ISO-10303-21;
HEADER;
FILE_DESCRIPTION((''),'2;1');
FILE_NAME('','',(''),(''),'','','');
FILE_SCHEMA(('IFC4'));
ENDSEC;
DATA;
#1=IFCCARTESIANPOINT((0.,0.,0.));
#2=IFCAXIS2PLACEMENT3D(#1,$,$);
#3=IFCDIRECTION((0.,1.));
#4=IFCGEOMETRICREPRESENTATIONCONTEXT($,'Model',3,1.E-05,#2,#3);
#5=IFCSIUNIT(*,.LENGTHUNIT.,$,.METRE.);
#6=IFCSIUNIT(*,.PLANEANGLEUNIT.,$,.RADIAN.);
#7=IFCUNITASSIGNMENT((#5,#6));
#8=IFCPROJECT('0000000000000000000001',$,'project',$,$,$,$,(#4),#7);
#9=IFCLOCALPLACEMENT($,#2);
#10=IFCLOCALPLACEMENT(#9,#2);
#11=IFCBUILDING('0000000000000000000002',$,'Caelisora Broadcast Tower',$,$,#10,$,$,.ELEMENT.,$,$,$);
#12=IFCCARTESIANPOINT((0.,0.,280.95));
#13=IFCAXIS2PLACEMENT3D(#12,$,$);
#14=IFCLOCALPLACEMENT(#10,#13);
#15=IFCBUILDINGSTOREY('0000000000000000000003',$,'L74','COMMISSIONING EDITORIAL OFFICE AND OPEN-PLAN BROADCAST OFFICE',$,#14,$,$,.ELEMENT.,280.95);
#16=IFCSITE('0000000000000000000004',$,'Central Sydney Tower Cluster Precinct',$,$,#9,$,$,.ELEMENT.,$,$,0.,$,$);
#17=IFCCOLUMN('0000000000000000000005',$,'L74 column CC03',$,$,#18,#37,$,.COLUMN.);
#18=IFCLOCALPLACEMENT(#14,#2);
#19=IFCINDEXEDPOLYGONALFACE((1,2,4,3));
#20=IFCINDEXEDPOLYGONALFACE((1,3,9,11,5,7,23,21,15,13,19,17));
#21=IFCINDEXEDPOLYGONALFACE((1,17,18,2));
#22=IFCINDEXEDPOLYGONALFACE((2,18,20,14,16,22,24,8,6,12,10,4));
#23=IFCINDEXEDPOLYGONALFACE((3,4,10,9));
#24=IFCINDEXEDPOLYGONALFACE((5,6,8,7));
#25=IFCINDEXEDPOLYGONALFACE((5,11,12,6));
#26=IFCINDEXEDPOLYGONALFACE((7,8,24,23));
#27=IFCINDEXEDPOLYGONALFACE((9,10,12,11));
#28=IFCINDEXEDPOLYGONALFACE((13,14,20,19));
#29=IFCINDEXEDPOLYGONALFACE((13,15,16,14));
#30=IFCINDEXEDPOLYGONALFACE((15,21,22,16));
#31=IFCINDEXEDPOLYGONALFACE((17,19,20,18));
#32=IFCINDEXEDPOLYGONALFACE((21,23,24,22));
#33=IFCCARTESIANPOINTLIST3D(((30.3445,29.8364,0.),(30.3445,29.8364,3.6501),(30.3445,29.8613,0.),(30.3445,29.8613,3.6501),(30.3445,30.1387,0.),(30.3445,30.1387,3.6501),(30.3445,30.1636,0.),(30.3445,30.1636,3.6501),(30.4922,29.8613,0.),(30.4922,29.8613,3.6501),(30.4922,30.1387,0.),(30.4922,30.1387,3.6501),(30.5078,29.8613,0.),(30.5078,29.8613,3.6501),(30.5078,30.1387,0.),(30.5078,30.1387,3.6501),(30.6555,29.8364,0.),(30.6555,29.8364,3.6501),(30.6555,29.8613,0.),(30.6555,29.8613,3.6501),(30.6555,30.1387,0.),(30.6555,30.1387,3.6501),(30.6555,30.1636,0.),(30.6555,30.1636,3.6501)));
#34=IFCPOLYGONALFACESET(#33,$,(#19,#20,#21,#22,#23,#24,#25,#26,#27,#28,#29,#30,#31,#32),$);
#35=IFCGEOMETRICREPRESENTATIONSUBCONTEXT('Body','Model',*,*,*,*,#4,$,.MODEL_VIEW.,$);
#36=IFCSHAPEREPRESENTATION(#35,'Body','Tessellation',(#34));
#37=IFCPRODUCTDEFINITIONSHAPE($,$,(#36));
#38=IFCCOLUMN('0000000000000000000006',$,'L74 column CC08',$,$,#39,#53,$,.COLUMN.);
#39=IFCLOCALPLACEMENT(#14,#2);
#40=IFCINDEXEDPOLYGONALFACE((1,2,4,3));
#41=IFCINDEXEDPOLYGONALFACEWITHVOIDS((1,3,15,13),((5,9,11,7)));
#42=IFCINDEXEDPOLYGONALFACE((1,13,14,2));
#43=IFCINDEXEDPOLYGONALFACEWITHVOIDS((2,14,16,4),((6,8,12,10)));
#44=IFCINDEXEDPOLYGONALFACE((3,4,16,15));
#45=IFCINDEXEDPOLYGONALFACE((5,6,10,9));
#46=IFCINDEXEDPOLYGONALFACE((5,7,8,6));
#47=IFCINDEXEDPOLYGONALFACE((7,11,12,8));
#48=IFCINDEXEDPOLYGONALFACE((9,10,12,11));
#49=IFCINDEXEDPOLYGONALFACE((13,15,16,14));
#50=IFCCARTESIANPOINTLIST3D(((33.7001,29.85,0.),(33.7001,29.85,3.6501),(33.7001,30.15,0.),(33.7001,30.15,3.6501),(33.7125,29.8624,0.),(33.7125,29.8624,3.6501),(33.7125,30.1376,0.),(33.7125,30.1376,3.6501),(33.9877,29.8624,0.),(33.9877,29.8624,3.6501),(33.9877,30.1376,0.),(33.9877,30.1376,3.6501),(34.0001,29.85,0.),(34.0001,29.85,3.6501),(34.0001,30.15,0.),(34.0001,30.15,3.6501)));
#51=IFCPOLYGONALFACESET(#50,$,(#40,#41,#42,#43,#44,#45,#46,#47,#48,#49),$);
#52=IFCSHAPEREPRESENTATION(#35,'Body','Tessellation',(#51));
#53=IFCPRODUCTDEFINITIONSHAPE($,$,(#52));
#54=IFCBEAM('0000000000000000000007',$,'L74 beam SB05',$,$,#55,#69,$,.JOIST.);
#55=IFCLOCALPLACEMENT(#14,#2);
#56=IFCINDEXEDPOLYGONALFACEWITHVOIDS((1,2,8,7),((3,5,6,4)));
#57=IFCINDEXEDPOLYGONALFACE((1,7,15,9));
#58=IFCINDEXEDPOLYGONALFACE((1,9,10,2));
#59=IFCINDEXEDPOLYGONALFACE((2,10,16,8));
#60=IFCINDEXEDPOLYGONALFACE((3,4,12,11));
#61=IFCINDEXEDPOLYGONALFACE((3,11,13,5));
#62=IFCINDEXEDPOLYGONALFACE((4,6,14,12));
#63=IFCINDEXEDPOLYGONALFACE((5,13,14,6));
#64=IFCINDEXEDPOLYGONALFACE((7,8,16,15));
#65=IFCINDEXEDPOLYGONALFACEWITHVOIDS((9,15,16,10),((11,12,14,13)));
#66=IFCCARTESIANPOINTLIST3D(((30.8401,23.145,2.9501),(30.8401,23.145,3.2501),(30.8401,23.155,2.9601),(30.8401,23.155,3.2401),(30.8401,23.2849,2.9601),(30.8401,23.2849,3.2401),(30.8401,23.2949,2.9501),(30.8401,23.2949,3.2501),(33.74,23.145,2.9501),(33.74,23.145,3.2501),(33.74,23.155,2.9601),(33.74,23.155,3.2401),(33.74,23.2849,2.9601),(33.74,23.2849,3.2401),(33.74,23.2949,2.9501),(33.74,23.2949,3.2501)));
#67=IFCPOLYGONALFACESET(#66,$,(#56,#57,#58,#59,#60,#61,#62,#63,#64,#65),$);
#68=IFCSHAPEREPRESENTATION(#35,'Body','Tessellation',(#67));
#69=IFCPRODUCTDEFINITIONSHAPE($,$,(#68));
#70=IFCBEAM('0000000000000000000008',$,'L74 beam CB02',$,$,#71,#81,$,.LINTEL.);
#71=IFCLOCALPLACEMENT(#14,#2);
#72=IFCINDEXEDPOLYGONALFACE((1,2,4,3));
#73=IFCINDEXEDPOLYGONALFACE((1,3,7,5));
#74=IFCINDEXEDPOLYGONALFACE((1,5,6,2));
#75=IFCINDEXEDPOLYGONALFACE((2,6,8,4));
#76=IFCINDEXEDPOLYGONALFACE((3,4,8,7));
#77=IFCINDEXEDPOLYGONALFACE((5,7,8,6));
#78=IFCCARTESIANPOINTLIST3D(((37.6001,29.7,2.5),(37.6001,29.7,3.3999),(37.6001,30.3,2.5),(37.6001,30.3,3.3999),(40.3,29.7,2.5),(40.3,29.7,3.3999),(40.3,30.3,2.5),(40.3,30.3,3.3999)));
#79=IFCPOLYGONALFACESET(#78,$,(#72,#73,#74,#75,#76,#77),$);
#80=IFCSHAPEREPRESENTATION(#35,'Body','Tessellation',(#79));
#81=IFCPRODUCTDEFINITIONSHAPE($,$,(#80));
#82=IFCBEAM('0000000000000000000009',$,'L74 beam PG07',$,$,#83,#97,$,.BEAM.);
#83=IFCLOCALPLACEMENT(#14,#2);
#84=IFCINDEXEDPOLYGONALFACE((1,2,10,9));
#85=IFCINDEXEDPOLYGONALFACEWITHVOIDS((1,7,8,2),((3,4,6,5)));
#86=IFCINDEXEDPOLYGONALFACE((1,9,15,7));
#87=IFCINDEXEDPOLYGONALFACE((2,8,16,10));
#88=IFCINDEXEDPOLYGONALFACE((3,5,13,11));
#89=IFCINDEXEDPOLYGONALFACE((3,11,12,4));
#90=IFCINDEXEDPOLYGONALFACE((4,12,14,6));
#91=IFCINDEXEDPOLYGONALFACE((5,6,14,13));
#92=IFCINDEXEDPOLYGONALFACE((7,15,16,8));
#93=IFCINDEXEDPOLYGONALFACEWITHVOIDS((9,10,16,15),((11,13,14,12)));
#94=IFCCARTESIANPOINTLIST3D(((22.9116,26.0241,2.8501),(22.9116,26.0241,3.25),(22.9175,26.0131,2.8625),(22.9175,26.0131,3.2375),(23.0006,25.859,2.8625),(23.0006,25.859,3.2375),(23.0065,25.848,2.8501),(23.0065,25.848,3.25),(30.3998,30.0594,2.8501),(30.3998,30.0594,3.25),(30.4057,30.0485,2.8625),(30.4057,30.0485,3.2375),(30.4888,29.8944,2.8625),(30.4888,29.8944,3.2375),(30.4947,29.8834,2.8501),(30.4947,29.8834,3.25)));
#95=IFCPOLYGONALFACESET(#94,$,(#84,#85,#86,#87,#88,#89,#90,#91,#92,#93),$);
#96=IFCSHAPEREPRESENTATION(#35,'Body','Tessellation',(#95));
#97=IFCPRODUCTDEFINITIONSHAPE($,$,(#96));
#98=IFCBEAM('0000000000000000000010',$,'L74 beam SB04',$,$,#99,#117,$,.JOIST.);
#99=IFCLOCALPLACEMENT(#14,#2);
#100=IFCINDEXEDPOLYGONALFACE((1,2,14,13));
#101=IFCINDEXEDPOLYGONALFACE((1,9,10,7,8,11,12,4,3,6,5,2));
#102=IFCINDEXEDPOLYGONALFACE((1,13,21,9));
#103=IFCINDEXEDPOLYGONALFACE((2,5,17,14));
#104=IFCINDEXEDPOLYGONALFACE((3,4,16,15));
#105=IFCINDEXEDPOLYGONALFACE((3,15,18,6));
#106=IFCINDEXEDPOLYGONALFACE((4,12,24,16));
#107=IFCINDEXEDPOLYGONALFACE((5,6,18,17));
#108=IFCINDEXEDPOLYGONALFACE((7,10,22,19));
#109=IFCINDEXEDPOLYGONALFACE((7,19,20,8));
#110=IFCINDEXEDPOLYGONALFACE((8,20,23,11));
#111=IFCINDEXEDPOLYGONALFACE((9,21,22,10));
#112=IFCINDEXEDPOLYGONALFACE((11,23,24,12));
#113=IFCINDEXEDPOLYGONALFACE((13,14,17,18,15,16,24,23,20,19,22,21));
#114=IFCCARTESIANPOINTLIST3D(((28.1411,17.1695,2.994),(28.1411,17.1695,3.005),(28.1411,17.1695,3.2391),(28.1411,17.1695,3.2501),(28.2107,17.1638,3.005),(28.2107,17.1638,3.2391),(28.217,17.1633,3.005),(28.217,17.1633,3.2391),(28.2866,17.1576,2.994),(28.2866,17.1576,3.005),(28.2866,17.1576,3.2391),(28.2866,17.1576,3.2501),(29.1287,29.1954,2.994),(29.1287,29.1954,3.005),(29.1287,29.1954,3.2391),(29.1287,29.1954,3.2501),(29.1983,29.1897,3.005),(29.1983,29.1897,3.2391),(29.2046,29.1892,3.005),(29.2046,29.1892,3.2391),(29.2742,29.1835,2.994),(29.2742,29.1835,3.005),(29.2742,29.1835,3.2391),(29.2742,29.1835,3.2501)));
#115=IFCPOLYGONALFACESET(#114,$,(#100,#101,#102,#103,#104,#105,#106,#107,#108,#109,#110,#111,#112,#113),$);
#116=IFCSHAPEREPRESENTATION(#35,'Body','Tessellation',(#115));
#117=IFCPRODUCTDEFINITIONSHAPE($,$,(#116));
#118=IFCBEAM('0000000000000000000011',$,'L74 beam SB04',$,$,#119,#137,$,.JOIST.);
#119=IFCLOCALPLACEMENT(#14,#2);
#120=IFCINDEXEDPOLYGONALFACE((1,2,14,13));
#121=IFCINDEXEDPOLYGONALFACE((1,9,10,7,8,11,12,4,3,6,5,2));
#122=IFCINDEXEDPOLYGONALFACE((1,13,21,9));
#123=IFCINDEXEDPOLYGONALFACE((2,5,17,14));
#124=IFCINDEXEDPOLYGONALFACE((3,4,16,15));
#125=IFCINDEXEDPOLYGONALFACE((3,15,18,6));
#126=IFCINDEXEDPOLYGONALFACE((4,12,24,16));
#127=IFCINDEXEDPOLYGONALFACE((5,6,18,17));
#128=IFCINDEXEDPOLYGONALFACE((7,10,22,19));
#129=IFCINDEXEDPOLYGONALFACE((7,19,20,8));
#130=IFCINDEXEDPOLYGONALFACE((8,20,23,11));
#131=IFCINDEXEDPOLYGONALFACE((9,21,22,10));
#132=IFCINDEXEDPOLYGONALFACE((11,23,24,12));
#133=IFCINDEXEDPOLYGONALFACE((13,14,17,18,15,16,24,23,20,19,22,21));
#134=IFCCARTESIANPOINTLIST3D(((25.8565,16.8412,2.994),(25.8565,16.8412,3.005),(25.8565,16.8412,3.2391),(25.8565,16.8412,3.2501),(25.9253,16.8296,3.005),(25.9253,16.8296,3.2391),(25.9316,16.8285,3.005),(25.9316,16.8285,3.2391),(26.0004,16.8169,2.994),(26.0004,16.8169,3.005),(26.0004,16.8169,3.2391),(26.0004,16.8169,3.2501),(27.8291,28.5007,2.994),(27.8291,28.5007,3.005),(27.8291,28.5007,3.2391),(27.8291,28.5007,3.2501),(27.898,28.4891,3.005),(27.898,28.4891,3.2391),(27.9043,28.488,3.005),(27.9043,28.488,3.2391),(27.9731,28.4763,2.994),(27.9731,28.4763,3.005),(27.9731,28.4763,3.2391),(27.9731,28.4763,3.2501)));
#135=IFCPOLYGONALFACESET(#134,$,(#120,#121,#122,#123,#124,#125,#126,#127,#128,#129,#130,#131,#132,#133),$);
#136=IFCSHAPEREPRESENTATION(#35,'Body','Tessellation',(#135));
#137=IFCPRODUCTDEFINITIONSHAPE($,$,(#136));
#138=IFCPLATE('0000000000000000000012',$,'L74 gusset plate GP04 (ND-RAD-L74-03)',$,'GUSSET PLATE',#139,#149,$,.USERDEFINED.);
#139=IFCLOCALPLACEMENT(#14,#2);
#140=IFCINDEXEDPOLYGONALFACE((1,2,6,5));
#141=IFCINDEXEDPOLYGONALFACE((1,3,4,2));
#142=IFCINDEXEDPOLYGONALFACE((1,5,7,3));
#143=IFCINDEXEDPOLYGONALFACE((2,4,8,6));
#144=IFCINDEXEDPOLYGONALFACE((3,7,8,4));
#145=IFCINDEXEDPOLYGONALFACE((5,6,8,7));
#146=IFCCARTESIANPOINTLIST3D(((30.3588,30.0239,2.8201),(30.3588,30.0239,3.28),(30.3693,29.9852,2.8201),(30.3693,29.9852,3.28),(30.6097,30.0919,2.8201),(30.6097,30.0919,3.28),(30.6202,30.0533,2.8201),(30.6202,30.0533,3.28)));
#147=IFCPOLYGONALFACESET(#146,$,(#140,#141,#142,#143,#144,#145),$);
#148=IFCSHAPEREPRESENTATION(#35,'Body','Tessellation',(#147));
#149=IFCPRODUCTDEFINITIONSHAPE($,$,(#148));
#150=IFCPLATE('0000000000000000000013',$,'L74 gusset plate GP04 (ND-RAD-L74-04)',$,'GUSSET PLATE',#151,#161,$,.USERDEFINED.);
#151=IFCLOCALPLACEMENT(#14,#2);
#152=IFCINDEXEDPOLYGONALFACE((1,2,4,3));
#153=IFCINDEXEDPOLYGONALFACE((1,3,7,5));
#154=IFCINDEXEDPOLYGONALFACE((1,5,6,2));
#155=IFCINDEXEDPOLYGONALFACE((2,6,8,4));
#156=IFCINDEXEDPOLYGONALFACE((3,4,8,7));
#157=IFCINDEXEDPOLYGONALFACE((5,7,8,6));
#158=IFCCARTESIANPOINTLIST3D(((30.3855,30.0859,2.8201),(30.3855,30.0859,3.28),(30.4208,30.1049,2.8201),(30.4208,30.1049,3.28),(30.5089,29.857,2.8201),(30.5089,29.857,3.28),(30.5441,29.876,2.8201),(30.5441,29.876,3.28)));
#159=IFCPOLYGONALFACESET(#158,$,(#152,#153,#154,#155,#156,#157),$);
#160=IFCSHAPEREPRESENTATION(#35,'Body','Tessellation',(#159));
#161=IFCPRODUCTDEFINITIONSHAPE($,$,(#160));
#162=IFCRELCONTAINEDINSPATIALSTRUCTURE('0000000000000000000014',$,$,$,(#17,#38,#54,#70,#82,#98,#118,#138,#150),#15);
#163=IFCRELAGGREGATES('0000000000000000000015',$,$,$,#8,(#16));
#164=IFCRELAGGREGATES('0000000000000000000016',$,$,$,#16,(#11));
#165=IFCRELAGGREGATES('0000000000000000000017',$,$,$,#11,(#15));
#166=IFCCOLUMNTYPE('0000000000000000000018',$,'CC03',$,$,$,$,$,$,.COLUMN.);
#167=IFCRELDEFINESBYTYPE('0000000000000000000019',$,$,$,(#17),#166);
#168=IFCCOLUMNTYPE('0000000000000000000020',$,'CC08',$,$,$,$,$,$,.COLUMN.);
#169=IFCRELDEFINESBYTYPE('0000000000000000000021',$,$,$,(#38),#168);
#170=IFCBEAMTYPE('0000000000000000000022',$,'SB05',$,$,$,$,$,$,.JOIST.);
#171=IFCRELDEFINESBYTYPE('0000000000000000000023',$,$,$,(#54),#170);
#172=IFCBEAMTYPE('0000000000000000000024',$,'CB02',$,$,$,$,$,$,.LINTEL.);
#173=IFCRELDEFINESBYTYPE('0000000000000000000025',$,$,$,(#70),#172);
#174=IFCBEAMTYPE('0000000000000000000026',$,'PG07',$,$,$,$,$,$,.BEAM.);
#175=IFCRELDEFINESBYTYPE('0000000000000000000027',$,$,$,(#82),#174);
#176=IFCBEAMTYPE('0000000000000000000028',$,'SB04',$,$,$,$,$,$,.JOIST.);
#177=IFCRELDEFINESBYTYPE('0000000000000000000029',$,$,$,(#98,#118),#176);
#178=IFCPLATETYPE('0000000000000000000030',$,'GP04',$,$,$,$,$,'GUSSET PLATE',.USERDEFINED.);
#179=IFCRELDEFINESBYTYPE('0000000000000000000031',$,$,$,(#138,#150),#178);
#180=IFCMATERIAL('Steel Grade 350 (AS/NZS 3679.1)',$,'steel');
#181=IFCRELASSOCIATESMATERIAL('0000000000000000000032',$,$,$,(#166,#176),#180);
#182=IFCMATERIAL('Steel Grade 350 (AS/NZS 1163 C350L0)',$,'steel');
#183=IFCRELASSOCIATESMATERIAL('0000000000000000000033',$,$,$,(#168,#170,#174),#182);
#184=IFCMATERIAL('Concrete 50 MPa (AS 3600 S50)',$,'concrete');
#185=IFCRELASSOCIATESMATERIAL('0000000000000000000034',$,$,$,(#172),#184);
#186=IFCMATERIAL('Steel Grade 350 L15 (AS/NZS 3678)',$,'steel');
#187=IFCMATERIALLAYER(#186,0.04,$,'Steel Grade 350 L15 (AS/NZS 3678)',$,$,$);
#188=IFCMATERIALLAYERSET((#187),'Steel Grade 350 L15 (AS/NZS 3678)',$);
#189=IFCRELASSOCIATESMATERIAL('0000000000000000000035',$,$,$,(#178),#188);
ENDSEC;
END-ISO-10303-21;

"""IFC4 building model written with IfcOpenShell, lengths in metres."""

from ifc_helpers import new_model, si_unit, direction, frame, origin, origin_2d, place, context, subcontext, project, spatial, rectangle, hollow_rectangle, i_section, extrude, source, transform, mapped, material, layer, layer_set, material_profile, profile_set, type_object, type_shapes, element, save


model = new_model("IFC4")

# Units and contexts
model_context = context("Model", 3, precision=1e-05, world=origin(), true_north=direction((0.0, 1.0)))
body_context = subcontext(model_context, "Body", "Model", "MODEL_VIEW")
ifc_project = project(units=[si_unit("LENGTHUNIT", "METRE"), si_unit("PLANEANGLEUNIT", "RADIAN")], contexts=[model_context])

# Site, building, storey
site_placement = place(None, origin())
site = spatial("IfcSite", under=ifc_project, at=site_placement, Name="Central Sydney Tower Cluster Precinct", CompositionType="ELEMENT", RefElevation=0.0)
building_placement = place(site_placement, origin())
building = spatial("IfcBuilding", under=site, at=building_placement, Name="Caelisora Broadcast Tower", CompositionType="ELEMENT")
storey_placement = place(building_placement, frame((0.0, 0.0, 280.95)))
storey = spatial("IfcBuildingStorey", under=building, at=storey_placement, Name="L74", Description="COMMISSIONING EDITORIAL OFFICE AND OPEN-PLAN BROADCAST OFFICE", CompositionType="ELEMENT", Elevation=280.95)

# Columns
ifc_material_1 = material(Name="Steel Grade 350 (AS/NZS 3679.1)", Category="steel")
ifc_material_profile_1 = material_profile(ifc_material_1, i_section(OverallWidth=0.311, OverallDepth=0.3271, WebThickness=0.0156, FlangeThickness=0.0249, at=origin_2d()), Name="Steel Grade 350 (AS/NZS 3679.1)")
ifc_profile_set_1 = profile_set([ifc_material_profile_1], Name="Steel Grade 350 (AS/NZS 3679.1)")
column_type_1 = type_object("IfcColumnType", Name="CC03", PredefinedType="COLUMN", material=ifc_profile_set_1)
shared_shape_1 = source(origin(), body_context, "Body", "SweptSolid", [
    extrude(i_section(OverallWidth=0.311, OverallDepth=0.3271, WebThickness=0.0156, FlangeThickness=0.0249, at=origin_2d()), origin(), (0.0, 0.0, 1.0), 3.6501),
])
type_shapes(column_type_1, [shared_shape_1])
column_1_placement = place(storey_placement, frame((30.5, 30.0, 0.0), z_axis=(0.0, 0.0, 1.0), x_axis=(1.0, 0.0, 0.0)))
element("IfcColumn", 1, at=column_1_placement, inside=storey, type_object=column_type_1, Name="L74 column CC03", PredefinedType="COLUMN", context=body_context, shape_type="MappedRepresentation", body=[
    mapped(shared_shape_1, transform((0.0, 0.0, 0.0), scale=1.0)),
])
ifc_material_2 = material(Name="Steel Grade 350 (AS/NZS 1163 C350L0)", Category="steel")
ifc_material_profile_2 = material_profile(ifc_material_2, hollow_rectangle(XDim=0.3, YDim=0.3, WallThickness=0.0125, at=origin_2d()), Name="Steel Grade 350 (AS/NZS 1163 C350L0)")
ifc_profile_set_2 = profile_set([ifc_material_profile_2], Name="Steel Grade 350 (AS/NZS 1163 C350L0)")
column_type_2 = type_object("IfcColumnType", Name="CC08", PredefinedType="COLUMN", material=ifc_profile_set_2)
shared_shape_2 = source(origin(), body_context, "Body", "SweptSolid", [
    extrude(hollow_rectangle(XDim=0.3, YDim=0.3, WallThickness=0.0125, at=origin_2d()), origin(), (0.0, 0.0, 1.0), 3.6501),
])
type_shapes(column_type_2, [shared_shape_2])
column_2_placement = place(storey_placement, frame((33.8501, 30.0, 0.0), z_axis=(0.0, 0.0, 1.0), x_axis=(1.0, 0.0, 0.0)))
element("IfcColumn", 2, at=column_2_placement, inside=storey, type_object=column_type_2, Name="L74 column CC08", PredefinedType="COLUMN", context=body_context, shape_type="MappedRepresentation", body=[
    mapped(shared_shape_2, transform((0.0, 0.0, 0.0), scale=1.0)),
])

# Beams
ifc_material_profile_3 = material_profile(ifc_material_2, hollow_rectangle(XDim=0.1499, YDim=0.3, WallThickness=0.01, at=origin_2d()), Name="Steel Grade 350 (AS/NZS 1163 C350L0)")
ifc_profile_set_3 = profile_set([ifc_material_profile_3], Name="Steel Grade 350 (AS/NZS 1163 C350L0)")
beam_type_1 = type_object("IfcBeamType", Name="SB05", PredefinedType="JOIST", material=ifc_profile_set_3)
shared_shape_3 = source(origin(), body_context, "Body", "SweptSolid", [
    extrude(hollow_rectangle(XDim=0.1499, YDim=0.3, WallThickness=0.01, at=origin_2d()), origin(), (0.0, 0.0, 1.0), 2.8999),
])
type_shapes(beam_type_1, [shared_shape_3])
beam_1_placement = place(storey_placement, frame((30.8401, 23.22, 3.1001), z_axis=(1.0, 0.0, 0.0), x_axis=(0.0, 1.0, 0.0)))
element("IfcBeam", 3, at=beam_1_placement, inside=storey, type_object=beam_type_1, Name="L74 beam SB05", PredefinedType="JOIST", context=body_context, shape_type="MappedRepresentation", body=[
    mapped(shared_shape_3, transform((0.0, 0.0, 0.0), scale=1.0)),
])
ifc_material_3 = material(Name="Concrete 50 MPa (AS 3600 S50)", Category="concrete")
ifc_material_profile_4 = material_profile(ifc_material_3, rectangle(XDim=0.6001, YDim=0.8999, at=origin_2d()), Name="Concrete 50 MPa (AS 3600 S50)")
ifc_profile_set_4 = profile_set([ifc_material_profile_4], Name="Concrete 50 MPa (AS 3600 S50)")
beam_type_2 = type_object("IfcBeamType", Name="CB02", PredefinedType="LINTEL", material=ifc_profile_set_4)
shared_shape_4 = source(origin(), body_context, "Body", "SweptSolid", [
    extrude(rectangle(XDim=0.6001, YDim=0.8999, at=origin_2d()), origin(), (0.0, 0.0, 1.0), 2.7),
])
type_shapes(beam_type_2, [shared_shape_4])
beam_2_placement = place(storey_placement, frame((37.6001, 30.0, 2.95), z_axis=(1.0, 0.0, 0.0), x_axis=(0.0, 1.0, 0.0)))
element("IfcBeam", 4, at=beam_2_placement, inside=storey, type_object=beam_type_2, Name="L74 beam CB02", PredefinedType="LINTEL", context=body_context, shape_type="MappedRepresentation", body=[
    mapped(shared_shape_4, transform((0.0, 0.0, 0.0), scale=1.0)),
])
ifc_material_profile_5 = material_profile(ifc_material_2, hollow_rectangle(XDim=0.2, YDim=0.3999, WallThickness=0.0125, at=origin_2d()), Name="Steel Grade 350 (AS/NZS 1163 C350L0)")
ifc_profile_set_5 = profile_set([ifc_material_profile_5], Name="Steel Grade 350 (AS/NZS 1163 C350L0)")
beam_type_3 = type_object("IfcBeamType", Name="PG07", PredefinedType="BEAM", material=ifc_profile_set_5)
shared_shape_5 = source(origin(), body_context, "Body", "SweptSolid", [
    extrude(hollow_rectangle(XDim=0.2, YDim=0.3999, WallThickness=0.0125, at=origin_2d()), origin(), (0.0, 0.0, 1.0), 8.5063),
])
type_shapes(beam_type_3, [shared_shape_5])
beam_3_placement = place(storey_placement, frame((30.4473, 29.9714, 3.05), z_axis=(-0.880312, -0.474396, 0.0), x_axis=(0.474396, -0.880312, 0.0)))
element("IfcBeam", 5, at=beam_3_placement, inside=storey, type_object=beam_type_3, Name="L74 beam PG07", PredefinedType="BEAM", context=body_context, shape_type="MappedRepresentation", body=[
    mapped(shared_shape_5, transform((0.0, 0.0, 0.0), scale=1.0)),
])
ifc_material_profile_6 = material_profile(ifc_material_1, i_section(OverallWidth=0.146, OverallDepth=0.2561, WebThickness=0.0063, FlangeThickness=0.011, at=origin_2d()), Name="Steel Grade 350 (AS/NZS 3679.1)")
ifc_profile_set_6 = profile_set([ifc_material_profile_6], Name="Steel Grade 350 (AS/NZS 3679.1)")
beam_type_4 = type_object("IfcBeamType", Name="SB04", PredefinedType="JOIST", material=ifc_profile_set_6)
shared_shape_6 = source(origin(), body_context, "Body", "SweptSolid", [
    extrude(i_section(OverallWidth=0.146, OverallDepth=0.2561, WebThickness=0.0063, FlangeThickness=0.011, at=origin_2d()), origin(), (0.0, 0.0, 1.0), 12.0664),
])
beam_4_placement = place(storey_placement, frame((29.2014, 29.1895, 3.1221), z_axis=(-0.081843, -0.996645, 0.0), x_axis=(0.996645, -0.081843, 0.0)))
element("IfcBeam", 6, at=beam_4_placement, inside=storey, type_object=beam_type_4, Name="L74 beam SB04", PredefinedType="JOIST", context=body_context, shape_type="MappedRepresentation", body=[
    mapped(shared_shape_6, transform((0.0, 0.0, 0.0), scale=1.0)),
])
shared_shape_7 = source(origin(), body_context, "Body", "SweptSolid", [
    extrude(i_section(OverallWidth=0.146, OverallDepth=0.2561, WebThickness=0.0063, FlangeThickness=0.011, at=origin_2d()), origin(), (0.0, 0.0, 1.0), 11.8252),
])
type_shapes(beam_type_4, [shared_shape_6, shared_shape_7])
beam_5_placement = place(storey_placement, frame((27.9011, 28.4885, 3.1221), z_axis=(-0.166819, -0.985988, 0.0), x_axis=(0.985988, -0.166819, 0.0)))
element("IfcBeam", 7, at=beam_5_placement, inside=storey, type_object=beam_type_4, Name="L74 beam SB04", PredefinedType="JOIST", context=body_context, shape_type="MappedRepresentation", body=[
    mapped(shared_shape_7, transform((0.0, 0.0, 0.0), scale=1.0)),
])

# Plates
ifc_material_4 = material(Name="Steel Grade 350 L15 (AS/NZS 3678)", Category="steel")
ifc_layer_1 = layer(ifc_material_4, 0.04, Name="Steel Grade 350 L15 (AS/NZS 3678)")
ifc_layer_set_1 = layer_set([ifc_layer_1], Name="Steel Grade 350 L15 (AS/NZS 3678)")
plate_type = type_object("IfcPlateType", Name="GP04", ElementType="GUSSET PLATE", PredefinedType="USERDEFINED", material=ifc_layer_set_1)
shared_shape_8 = source(origin(), body_context, "Body", "SweptSolid", [
    extrude(rectangle(XDim=0.26, YDim=0.04, at=origin_2d()), origin(), (0.0, 0.0, 1.0), 0.46),
])
type_shapes(plate_type, [shared_shape_8])
for number, where, z_axis, x_axis, name in (
    (8, (30.4895, 30.0386, 2.8201), (0.0, 0.0, 1.0), (-0.965108, -0.261852, 0.0), "L74 gusset plate GP04 (ND-RAD-L74-03)"),
    (9, (30.4648, 29.981, 2.8201), (0.0, 0.0, 1.0), (0.474396, -0.880312, 0.0), "L74 gusset plate GP04 (ND-RAD-L74-04)"),
):
    element("IfcPlate", number, at=place(storey_placement, frame(where, z_axis=z_axis, x_axis=x_axis)), inside=storey, type_object=plate_type, Name=name, ObjectType="GUSSET PLATE", PredefinedType="USERDEFINED", context=body_context, shape_type="MappedRepresentation", body=[
        mapped(shared_shape_8, transform((0.0, 0.0, 0.0), scale=1.0)),
    ])

save(model, "model.ifc")
